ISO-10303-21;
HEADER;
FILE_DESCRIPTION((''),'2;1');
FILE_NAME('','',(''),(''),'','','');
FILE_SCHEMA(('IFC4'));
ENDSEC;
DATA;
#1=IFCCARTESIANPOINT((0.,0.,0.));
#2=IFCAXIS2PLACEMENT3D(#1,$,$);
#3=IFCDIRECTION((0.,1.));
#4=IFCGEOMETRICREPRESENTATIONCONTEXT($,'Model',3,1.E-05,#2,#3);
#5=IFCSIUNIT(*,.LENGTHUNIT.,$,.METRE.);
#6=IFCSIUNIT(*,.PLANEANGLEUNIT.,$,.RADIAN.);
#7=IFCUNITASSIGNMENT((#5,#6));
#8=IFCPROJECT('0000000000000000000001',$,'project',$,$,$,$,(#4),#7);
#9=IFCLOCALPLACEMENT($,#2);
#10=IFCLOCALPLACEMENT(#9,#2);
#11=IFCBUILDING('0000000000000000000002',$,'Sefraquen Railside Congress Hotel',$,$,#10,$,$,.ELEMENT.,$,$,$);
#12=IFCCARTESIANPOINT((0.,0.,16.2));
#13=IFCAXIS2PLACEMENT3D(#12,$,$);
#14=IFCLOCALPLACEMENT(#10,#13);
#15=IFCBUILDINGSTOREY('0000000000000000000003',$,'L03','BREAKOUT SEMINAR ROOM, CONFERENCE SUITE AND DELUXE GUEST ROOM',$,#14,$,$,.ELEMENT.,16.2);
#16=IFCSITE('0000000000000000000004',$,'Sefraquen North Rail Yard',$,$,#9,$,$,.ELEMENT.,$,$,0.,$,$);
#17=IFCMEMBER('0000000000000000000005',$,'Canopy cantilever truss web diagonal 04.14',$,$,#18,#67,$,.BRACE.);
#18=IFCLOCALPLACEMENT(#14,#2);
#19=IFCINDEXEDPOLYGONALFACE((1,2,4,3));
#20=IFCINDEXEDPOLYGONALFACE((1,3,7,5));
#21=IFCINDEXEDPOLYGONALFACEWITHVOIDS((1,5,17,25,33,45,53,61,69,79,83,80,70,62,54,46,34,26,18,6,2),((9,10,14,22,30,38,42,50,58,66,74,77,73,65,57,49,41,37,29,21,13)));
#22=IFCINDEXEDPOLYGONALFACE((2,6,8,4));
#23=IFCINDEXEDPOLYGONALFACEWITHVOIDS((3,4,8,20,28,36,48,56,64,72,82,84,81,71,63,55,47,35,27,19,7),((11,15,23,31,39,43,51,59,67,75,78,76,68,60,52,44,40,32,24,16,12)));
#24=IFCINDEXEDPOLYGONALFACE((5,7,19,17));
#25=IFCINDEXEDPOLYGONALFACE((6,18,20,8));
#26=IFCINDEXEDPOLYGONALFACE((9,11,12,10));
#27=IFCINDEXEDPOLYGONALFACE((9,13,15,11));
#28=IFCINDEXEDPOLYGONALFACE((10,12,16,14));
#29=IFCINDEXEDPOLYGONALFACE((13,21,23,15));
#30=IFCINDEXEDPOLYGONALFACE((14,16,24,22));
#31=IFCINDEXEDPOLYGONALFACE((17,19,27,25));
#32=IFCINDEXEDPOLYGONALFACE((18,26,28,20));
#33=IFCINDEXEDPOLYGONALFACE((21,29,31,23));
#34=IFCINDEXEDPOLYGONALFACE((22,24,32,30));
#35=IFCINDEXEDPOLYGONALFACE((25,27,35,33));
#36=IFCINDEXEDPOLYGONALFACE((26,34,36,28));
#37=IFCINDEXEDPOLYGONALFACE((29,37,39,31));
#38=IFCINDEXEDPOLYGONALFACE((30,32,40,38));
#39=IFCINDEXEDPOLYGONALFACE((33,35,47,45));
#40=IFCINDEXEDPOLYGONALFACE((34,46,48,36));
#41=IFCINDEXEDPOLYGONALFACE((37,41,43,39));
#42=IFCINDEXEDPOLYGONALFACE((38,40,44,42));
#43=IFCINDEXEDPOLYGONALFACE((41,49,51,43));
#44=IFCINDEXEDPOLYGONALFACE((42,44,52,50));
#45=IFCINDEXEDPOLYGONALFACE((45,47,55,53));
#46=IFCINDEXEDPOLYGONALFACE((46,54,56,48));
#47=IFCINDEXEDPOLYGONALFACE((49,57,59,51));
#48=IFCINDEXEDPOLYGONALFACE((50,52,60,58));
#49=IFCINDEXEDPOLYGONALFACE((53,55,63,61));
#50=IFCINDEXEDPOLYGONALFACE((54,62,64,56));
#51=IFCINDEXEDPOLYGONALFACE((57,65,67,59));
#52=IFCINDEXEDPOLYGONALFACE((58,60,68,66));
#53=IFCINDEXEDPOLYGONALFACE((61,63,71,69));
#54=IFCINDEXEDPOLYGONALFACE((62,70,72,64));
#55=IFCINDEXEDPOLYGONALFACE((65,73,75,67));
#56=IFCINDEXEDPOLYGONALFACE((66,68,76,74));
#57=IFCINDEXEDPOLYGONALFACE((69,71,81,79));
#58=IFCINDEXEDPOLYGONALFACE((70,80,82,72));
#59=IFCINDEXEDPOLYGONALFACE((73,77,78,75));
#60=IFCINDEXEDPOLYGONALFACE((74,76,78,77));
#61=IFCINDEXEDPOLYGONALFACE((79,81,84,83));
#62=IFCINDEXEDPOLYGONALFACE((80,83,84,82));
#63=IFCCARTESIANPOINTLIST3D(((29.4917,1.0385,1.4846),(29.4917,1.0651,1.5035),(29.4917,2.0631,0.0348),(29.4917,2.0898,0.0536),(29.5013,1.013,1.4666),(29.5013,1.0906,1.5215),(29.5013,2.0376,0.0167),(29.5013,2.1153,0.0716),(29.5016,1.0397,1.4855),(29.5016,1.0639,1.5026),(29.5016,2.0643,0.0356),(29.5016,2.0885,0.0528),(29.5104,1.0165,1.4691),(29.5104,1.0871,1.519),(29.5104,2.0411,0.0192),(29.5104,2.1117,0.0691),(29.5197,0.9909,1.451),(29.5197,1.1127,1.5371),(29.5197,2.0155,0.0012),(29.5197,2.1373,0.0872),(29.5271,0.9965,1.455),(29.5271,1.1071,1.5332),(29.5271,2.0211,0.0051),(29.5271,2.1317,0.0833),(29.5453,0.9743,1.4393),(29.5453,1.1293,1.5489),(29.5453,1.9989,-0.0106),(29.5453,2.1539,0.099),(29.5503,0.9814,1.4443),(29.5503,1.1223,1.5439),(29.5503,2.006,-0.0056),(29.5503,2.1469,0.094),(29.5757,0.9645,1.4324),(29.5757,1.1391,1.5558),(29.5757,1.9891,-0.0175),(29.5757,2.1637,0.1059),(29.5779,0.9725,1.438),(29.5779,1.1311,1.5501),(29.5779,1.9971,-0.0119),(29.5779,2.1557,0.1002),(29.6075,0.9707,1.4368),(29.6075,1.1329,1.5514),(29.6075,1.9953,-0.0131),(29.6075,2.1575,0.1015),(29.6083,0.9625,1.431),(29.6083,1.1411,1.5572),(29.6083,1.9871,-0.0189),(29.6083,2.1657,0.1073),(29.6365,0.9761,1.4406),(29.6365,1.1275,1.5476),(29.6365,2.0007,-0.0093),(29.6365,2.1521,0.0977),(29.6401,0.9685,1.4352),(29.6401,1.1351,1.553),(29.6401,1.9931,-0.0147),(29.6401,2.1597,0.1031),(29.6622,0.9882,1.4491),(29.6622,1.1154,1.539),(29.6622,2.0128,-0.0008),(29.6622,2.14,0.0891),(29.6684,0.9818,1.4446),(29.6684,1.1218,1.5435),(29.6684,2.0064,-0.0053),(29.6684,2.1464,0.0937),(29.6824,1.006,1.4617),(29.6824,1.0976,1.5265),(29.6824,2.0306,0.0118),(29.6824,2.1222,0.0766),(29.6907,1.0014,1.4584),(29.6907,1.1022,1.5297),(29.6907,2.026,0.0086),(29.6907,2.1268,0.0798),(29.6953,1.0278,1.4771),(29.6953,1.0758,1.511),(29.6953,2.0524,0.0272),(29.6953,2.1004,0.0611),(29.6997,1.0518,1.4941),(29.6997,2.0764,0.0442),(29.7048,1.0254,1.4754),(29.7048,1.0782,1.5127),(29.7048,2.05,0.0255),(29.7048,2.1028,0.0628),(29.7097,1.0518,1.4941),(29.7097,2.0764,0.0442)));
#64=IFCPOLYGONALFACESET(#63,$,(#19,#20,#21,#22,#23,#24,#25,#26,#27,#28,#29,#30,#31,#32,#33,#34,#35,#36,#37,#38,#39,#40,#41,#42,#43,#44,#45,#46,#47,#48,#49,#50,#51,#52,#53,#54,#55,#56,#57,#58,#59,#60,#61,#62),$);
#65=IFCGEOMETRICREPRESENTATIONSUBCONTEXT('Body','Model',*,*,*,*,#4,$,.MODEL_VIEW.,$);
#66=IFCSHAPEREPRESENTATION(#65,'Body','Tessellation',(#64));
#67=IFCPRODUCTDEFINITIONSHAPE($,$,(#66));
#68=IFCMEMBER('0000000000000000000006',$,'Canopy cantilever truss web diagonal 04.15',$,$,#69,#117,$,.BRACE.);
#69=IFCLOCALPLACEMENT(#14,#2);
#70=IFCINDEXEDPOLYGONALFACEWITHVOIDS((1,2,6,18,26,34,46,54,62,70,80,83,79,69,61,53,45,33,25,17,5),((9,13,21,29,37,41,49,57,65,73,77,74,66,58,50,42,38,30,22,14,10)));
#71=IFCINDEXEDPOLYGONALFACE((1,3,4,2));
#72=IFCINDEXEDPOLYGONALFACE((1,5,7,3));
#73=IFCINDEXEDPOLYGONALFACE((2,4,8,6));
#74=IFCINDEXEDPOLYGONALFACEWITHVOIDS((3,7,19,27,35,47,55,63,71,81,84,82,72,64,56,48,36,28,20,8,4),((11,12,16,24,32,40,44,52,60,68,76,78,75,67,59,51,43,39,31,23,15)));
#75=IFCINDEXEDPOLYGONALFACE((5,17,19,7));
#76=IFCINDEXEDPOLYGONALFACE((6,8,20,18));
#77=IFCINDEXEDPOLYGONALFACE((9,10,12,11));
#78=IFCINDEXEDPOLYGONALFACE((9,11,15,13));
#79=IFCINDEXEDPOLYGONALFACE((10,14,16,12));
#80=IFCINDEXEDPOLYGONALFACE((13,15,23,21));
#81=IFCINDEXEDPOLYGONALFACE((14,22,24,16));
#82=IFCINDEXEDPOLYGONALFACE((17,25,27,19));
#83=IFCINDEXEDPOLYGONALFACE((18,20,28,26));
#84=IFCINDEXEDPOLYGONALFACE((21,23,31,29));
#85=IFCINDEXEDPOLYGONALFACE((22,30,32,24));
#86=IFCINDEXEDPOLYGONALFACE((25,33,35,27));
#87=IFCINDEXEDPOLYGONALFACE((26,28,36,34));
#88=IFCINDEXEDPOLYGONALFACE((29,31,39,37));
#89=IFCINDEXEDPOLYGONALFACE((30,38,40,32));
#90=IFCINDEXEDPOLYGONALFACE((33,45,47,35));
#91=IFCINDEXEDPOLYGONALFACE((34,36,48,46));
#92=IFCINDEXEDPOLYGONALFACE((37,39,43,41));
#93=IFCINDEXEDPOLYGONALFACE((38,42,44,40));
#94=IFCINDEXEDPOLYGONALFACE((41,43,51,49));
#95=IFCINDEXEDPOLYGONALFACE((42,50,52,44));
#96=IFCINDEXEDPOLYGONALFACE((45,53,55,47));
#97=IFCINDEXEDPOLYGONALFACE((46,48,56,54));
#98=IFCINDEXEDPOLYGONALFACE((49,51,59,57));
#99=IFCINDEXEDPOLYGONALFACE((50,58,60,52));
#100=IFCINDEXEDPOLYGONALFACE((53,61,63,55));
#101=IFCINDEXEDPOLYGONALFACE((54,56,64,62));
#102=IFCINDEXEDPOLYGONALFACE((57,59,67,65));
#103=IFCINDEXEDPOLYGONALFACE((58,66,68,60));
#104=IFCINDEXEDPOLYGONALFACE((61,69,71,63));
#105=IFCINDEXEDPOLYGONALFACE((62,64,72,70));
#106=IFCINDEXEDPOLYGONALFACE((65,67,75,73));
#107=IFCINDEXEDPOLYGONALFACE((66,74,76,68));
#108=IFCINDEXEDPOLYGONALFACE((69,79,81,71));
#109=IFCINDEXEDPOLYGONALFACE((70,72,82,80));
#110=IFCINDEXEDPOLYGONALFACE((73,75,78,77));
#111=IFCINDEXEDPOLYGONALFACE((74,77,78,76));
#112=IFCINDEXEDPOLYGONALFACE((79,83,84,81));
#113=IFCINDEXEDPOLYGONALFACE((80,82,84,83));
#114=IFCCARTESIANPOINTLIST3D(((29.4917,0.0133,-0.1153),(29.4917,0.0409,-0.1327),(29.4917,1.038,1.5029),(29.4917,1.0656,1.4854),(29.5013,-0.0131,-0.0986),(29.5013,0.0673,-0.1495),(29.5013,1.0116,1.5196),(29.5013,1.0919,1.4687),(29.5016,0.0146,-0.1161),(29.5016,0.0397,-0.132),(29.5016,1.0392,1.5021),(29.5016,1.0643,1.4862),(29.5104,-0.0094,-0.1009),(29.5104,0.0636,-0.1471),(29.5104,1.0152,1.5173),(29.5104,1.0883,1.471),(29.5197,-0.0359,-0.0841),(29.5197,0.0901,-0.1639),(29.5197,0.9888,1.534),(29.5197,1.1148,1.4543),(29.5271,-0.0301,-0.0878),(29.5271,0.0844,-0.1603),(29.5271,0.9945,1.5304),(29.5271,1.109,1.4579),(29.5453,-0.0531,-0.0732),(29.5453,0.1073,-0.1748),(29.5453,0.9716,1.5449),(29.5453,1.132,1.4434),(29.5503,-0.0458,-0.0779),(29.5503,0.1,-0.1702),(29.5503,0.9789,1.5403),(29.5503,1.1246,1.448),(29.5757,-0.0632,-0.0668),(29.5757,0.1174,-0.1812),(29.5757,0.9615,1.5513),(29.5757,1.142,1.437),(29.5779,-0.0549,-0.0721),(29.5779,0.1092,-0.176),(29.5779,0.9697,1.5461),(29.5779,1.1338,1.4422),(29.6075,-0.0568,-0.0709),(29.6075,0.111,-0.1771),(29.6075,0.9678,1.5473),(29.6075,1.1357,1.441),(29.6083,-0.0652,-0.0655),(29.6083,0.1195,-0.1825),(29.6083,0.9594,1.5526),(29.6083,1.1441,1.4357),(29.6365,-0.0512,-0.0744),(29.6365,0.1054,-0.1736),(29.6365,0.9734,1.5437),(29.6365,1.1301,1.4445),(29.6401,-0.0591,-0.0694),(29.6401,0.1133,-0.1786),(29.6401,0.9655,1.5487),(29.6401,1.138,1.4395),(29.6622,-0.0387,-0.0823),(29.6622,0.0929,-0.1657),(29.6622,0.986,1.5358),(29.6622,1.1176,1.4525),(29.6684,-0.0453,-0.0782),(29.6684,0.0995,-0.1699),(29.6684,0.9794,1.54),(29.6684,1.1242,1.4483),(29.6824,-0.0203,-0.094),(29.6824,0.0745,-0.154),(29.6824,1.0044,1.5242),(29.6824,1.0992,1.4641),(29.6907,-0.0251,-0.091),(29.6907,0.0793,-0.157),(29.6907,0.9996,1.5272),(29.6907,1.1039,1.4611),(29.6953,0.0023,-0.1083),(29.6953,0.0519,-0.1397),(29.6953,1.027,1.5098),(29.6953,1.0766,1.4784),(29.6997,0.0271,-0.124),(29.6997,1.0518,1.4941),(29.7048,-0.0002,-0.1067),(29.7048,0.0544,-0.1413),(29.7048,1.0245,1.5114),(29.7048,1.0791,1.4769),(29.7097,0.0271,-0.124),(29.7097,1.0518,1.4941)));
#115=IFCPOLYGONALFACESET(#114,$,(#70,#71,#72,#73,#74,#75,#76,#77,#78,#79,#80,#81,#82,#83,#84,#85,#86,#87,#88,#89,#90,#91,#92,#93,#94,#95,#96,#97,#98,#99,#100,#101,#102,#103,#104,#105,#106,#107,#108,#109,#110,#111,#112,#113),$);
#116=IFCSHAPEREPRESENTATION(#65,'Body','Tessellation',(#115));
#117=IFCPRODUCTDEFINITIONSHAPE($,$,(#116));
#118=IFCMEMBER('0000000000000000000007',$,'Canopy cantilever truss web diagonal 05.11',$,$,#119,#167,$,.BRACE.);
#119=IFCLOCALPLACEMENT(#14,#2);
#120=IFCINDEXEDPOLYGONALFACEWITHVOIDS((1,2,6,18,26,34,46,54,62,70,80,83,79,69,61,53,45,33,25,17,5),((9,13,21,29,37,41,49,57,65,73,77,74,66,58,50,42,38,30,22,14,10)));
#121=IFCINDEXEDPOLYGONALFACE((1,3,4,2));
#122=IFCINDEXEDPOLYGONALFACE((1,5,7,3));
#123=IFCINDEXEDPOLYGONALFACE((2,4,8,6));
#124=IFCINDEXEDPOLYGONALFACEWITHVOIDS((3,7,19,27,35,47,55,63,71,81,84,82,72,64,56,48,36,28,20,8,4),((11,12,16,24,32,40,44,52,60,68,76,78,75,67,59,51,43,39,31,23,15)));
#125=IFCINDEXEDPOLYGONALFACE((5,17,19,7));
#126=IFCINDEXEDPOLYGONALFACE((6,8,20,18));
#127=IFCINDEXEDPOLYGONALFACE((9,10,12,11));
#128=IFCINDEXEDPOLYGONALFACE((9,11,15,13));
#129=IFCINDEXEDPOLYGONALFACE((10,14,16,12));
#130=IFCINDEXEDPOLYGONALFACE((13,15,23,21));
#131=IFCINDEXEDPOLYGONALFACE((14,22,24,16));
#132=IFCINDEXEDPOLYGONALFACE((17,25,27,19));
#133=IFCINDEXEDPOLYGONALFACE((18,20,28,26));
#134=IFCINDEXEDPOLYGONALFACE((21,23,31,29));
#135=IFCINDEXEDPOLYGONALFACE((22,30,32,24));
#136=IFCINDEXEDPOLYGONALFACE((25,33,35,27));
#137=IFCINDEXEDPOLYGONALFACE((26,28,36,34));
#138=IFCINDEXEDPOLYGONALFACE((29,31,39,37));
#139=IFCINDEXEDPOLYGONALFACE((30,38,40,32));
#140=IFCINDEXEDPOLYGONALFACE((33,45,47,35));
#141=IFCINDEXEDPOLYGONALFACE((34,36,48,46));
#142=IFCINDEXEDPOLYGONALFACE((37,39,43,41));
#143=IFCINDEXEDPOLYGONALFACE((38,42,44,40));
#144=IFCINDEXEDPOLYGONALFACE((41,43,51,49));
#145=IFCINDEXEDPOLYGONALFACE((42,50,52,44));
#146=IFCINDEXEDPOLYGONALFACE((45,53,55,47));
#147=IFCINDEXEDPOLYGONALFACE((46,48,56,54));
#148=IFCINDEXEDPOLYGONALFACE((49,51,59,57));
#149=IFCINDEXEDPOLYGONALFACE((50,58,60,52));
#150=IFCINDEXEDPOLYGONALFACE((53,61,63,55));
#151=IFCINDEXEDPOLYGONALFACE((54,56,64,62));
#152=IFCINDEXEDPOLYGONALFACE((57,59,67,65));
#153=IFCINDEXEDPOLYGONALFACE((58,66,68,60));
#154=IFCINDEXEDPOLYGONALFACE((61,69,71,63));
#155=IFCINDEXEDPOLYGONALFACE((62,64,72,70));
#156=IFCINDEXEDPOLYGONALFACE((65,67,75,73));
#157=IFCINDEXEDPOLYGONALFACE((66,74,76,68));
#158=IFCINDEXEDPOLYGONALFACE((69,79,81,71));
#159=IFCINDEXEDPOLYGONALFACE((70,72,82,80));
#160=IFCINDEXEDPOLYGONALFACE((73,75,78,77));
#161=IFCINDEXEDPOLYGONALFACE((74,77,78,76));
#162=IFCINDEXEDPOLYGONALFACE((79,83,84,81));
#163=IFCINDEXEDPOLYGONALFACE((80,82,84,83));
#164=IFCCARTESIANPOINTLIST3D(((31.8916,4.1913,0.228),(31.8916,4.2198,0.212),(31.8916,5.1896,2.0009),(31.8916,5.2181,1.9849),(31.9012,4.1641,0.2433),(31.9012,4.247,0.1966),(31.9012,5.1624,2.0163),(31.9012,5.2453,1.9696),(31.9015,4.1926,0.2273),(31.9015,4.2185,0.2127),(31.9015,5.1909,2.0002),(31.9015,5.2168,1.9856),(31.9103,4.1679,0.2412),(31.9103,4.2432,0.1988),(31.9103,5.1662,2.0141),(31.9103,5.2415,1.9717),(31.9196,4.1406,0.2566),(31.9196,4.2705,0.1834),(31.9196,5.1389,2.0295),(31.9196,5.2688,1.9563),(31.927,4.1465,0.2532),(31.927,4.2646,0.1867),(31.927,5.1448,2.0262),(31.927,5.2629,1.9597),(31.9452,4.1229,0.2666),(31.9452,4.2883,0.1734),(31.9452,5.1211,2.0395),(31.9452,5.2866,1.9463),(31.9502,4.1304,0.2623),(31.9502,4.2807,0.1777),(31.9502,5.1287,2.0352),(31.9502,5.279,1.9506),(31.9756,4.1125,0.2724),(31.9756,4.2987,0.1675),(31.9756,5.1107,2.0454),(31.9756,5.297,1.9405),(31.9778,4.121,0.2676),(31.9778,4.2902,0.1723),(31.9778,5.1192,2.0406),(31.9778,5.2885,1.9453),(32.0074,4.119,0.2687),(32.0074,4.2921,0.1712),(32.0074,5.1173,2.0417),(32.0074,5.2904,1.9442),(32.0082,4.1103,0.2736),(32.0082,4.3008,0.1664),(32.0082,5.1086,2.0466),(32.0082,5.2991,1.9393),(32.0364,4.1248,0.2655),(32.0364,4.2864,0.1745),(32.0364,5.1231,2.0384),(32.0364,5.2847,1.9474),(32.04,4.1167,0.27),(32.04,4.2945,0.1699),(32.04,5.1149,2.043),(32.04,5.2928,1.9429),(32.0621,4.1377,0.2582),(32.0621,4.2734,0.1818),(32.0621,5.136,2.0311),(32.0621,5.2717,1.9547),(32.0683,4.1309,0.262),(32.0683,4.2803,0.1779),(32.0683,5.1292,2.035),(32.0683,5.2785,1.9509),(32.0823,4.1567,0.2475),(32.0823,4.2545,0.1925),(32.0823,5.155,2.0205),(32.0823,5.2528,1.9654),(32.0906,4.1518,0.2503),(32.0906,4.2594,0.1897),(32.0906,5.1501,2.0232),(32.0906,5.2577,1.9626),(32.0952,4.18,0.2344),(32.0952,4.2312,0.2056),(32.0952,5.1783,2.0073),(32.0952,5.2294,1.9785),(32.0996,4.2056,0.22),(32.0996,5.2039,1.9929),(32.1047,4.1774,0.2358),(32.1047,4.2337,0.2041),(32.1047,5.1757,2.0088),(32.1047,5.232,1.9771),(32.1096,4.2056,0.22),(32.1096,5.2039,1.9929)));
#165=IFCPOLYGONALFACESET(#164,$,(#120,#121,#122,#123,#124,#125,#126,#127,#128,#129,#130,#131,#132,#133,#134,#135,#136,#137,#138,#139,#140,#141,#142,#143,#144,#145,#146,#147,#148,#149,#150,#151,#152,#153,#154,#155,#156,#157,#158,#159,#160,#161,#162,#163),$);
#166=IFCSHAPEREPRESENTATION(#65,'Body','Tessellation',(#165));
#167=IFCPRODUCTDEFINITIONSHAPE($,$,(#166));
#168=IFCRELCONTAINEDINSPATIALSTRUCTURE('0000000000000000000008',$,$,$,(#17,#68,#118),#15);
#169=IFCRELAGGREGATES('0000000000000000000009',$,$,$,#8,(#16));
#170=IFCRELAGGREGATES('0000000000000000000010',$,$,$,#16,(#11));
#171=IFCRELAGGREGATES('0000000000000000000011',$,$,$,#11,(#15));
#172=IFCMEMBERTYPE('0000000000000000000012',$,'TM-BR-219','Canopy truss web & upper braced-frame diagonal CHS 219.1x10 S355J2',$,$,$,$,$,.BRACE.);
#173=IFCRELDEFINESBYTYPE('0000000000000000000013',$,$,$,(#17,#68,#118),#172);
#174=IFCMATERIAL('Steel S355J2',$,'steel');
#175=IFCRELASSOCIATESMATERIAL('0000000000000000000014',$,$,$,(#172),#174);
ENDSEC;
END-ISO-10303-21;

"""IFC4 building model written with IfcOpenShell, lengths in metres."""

from ifc_helpers import new_model, si_unit, direction, frame, origin, origin_2d, place, context, subcontext, project, spatial, hollow_circle, extrude, material, material_profile, profile_set, type_object, element, save


model = new_model("IFC4")

# Units and contexts
model_context = context("Model", 3, precision=1e-05, world=origin(), true_north=direction((0.0, 1.0)))
body_context = subcontext(model_context, "Body", "Model", "MODEL_VIEW")
ifc_project = project(units=[si_unit("LENGTHUNIT", "METRE"), si_unit("PLANEANGLEUNIT", "RADIAN")], contexts=[model_context])

# Site, building, storey
site_placement = place(None, origin())
site = spatial("IfcSite", under=ifc_project, at=site_placement, Name="Sefraquen North Rail Yard", CompositionType="ELEMENT", RefElevation=0.0)
building_placement = place(site_placement, origin())
building = spatial("IfcBuilding", under=site, at=building_placement, Name="Sefraquen Railside Congress Hotel", CompositionType="ELEMENT")
storey_placement = place(building_placement, frame((0.0, 0.0, 16.2)))
storey = spatial("IfcBuildingStorey", under=building, at=storey_placement, Name="L03", Description="BREAKOUT SEMINAR ROOM, CONFERENCE SUITE AND DELUXE GUEST ROOM", CompositionType="ELEMENT", Elevation=16.2)

# Members
ifc_material_1 = material(Name="Steel S355J2", Category="steel")
ifc_material_profile_1 = material_profile(ifc_material_1, hollow_circle(Radius=0.1096, WallThickness=0.01, at=origin_2d()), Name="CHS 219.1x10")
ifc_profile_set_1 = profile_set([ifc_material_profile_1], Name="Steel S355J2")
member_type_1 = type_object("IfcMemberType", Name="TM-BR-219", Description="Canopy truss web & upper braced-frame diagonal CHS 219.1x10 S355J2", PredefinedType="BRACE", material=ifc_profile_set_1)
member_1_placement = place(storey_placement, frame((29.6001, 2.0764, 0.0442), z_axis=(0.0, -0.57712, 0.816659), x_axis=(1.0, 0.0, 0.0)))
element("IfcMember", 1, at=member_1_placement, inside=storey, type_object=member_type_1, Name="Canopy cantilever truss web diagonal 04.14", PredefinedType="BRACE", context=body_context, shape_type="SweptSolid", body=[
    extrude(hollow_circle(Radius=0.1096, WallThickness=0.01, at=origin_2d()), origin(), (0.0, 0.0, 1.0), 1.7754),
])
member_2_placement = place(storey_placement, frame((29.6001, 1.0518, 1.4941), z_axis=(0.0, -0.534985, -0.844861), x_axis=(1.0, 0.0, 0.0)))
element("IfcMember", 2, at=member_2_placement, inside=storey, type_object=member_type_1, Name="Canopy cantilever truss web diagonal 04.15", PredefinedType="BRACE", context=body_context, shape_type="SweptSolid", body=[
    extrude(hollow_circle(Radius=0.1096, WallThickness=0.01, at=origin_2d()), origin(), (0.0, 0.0, 1.0), 1.9153),
])
member_3_placement = place(storey_placement, frame((32.0, 5.2039, 1.9929), z_axis=(0.0, -0.490637, -0.871364), x_axis=(1.0, 0.0, 0.0)))
element("IfcMember", 3, at=member_3_placement, inside=storey, type_object=member_type_1, Name="Canopy cantilever truss web diagonal 05.11", PredefinedType="BRACE", context=body_context, shape_type="SweptSolid", body=[
    extrude(hollow_circle(Radius=0.1096, WallThickness=0.01, at=origin_2d()), origin(), (0.0, 0.0, 1.0), 2.0347),
])

save(model, "model.ifc")
